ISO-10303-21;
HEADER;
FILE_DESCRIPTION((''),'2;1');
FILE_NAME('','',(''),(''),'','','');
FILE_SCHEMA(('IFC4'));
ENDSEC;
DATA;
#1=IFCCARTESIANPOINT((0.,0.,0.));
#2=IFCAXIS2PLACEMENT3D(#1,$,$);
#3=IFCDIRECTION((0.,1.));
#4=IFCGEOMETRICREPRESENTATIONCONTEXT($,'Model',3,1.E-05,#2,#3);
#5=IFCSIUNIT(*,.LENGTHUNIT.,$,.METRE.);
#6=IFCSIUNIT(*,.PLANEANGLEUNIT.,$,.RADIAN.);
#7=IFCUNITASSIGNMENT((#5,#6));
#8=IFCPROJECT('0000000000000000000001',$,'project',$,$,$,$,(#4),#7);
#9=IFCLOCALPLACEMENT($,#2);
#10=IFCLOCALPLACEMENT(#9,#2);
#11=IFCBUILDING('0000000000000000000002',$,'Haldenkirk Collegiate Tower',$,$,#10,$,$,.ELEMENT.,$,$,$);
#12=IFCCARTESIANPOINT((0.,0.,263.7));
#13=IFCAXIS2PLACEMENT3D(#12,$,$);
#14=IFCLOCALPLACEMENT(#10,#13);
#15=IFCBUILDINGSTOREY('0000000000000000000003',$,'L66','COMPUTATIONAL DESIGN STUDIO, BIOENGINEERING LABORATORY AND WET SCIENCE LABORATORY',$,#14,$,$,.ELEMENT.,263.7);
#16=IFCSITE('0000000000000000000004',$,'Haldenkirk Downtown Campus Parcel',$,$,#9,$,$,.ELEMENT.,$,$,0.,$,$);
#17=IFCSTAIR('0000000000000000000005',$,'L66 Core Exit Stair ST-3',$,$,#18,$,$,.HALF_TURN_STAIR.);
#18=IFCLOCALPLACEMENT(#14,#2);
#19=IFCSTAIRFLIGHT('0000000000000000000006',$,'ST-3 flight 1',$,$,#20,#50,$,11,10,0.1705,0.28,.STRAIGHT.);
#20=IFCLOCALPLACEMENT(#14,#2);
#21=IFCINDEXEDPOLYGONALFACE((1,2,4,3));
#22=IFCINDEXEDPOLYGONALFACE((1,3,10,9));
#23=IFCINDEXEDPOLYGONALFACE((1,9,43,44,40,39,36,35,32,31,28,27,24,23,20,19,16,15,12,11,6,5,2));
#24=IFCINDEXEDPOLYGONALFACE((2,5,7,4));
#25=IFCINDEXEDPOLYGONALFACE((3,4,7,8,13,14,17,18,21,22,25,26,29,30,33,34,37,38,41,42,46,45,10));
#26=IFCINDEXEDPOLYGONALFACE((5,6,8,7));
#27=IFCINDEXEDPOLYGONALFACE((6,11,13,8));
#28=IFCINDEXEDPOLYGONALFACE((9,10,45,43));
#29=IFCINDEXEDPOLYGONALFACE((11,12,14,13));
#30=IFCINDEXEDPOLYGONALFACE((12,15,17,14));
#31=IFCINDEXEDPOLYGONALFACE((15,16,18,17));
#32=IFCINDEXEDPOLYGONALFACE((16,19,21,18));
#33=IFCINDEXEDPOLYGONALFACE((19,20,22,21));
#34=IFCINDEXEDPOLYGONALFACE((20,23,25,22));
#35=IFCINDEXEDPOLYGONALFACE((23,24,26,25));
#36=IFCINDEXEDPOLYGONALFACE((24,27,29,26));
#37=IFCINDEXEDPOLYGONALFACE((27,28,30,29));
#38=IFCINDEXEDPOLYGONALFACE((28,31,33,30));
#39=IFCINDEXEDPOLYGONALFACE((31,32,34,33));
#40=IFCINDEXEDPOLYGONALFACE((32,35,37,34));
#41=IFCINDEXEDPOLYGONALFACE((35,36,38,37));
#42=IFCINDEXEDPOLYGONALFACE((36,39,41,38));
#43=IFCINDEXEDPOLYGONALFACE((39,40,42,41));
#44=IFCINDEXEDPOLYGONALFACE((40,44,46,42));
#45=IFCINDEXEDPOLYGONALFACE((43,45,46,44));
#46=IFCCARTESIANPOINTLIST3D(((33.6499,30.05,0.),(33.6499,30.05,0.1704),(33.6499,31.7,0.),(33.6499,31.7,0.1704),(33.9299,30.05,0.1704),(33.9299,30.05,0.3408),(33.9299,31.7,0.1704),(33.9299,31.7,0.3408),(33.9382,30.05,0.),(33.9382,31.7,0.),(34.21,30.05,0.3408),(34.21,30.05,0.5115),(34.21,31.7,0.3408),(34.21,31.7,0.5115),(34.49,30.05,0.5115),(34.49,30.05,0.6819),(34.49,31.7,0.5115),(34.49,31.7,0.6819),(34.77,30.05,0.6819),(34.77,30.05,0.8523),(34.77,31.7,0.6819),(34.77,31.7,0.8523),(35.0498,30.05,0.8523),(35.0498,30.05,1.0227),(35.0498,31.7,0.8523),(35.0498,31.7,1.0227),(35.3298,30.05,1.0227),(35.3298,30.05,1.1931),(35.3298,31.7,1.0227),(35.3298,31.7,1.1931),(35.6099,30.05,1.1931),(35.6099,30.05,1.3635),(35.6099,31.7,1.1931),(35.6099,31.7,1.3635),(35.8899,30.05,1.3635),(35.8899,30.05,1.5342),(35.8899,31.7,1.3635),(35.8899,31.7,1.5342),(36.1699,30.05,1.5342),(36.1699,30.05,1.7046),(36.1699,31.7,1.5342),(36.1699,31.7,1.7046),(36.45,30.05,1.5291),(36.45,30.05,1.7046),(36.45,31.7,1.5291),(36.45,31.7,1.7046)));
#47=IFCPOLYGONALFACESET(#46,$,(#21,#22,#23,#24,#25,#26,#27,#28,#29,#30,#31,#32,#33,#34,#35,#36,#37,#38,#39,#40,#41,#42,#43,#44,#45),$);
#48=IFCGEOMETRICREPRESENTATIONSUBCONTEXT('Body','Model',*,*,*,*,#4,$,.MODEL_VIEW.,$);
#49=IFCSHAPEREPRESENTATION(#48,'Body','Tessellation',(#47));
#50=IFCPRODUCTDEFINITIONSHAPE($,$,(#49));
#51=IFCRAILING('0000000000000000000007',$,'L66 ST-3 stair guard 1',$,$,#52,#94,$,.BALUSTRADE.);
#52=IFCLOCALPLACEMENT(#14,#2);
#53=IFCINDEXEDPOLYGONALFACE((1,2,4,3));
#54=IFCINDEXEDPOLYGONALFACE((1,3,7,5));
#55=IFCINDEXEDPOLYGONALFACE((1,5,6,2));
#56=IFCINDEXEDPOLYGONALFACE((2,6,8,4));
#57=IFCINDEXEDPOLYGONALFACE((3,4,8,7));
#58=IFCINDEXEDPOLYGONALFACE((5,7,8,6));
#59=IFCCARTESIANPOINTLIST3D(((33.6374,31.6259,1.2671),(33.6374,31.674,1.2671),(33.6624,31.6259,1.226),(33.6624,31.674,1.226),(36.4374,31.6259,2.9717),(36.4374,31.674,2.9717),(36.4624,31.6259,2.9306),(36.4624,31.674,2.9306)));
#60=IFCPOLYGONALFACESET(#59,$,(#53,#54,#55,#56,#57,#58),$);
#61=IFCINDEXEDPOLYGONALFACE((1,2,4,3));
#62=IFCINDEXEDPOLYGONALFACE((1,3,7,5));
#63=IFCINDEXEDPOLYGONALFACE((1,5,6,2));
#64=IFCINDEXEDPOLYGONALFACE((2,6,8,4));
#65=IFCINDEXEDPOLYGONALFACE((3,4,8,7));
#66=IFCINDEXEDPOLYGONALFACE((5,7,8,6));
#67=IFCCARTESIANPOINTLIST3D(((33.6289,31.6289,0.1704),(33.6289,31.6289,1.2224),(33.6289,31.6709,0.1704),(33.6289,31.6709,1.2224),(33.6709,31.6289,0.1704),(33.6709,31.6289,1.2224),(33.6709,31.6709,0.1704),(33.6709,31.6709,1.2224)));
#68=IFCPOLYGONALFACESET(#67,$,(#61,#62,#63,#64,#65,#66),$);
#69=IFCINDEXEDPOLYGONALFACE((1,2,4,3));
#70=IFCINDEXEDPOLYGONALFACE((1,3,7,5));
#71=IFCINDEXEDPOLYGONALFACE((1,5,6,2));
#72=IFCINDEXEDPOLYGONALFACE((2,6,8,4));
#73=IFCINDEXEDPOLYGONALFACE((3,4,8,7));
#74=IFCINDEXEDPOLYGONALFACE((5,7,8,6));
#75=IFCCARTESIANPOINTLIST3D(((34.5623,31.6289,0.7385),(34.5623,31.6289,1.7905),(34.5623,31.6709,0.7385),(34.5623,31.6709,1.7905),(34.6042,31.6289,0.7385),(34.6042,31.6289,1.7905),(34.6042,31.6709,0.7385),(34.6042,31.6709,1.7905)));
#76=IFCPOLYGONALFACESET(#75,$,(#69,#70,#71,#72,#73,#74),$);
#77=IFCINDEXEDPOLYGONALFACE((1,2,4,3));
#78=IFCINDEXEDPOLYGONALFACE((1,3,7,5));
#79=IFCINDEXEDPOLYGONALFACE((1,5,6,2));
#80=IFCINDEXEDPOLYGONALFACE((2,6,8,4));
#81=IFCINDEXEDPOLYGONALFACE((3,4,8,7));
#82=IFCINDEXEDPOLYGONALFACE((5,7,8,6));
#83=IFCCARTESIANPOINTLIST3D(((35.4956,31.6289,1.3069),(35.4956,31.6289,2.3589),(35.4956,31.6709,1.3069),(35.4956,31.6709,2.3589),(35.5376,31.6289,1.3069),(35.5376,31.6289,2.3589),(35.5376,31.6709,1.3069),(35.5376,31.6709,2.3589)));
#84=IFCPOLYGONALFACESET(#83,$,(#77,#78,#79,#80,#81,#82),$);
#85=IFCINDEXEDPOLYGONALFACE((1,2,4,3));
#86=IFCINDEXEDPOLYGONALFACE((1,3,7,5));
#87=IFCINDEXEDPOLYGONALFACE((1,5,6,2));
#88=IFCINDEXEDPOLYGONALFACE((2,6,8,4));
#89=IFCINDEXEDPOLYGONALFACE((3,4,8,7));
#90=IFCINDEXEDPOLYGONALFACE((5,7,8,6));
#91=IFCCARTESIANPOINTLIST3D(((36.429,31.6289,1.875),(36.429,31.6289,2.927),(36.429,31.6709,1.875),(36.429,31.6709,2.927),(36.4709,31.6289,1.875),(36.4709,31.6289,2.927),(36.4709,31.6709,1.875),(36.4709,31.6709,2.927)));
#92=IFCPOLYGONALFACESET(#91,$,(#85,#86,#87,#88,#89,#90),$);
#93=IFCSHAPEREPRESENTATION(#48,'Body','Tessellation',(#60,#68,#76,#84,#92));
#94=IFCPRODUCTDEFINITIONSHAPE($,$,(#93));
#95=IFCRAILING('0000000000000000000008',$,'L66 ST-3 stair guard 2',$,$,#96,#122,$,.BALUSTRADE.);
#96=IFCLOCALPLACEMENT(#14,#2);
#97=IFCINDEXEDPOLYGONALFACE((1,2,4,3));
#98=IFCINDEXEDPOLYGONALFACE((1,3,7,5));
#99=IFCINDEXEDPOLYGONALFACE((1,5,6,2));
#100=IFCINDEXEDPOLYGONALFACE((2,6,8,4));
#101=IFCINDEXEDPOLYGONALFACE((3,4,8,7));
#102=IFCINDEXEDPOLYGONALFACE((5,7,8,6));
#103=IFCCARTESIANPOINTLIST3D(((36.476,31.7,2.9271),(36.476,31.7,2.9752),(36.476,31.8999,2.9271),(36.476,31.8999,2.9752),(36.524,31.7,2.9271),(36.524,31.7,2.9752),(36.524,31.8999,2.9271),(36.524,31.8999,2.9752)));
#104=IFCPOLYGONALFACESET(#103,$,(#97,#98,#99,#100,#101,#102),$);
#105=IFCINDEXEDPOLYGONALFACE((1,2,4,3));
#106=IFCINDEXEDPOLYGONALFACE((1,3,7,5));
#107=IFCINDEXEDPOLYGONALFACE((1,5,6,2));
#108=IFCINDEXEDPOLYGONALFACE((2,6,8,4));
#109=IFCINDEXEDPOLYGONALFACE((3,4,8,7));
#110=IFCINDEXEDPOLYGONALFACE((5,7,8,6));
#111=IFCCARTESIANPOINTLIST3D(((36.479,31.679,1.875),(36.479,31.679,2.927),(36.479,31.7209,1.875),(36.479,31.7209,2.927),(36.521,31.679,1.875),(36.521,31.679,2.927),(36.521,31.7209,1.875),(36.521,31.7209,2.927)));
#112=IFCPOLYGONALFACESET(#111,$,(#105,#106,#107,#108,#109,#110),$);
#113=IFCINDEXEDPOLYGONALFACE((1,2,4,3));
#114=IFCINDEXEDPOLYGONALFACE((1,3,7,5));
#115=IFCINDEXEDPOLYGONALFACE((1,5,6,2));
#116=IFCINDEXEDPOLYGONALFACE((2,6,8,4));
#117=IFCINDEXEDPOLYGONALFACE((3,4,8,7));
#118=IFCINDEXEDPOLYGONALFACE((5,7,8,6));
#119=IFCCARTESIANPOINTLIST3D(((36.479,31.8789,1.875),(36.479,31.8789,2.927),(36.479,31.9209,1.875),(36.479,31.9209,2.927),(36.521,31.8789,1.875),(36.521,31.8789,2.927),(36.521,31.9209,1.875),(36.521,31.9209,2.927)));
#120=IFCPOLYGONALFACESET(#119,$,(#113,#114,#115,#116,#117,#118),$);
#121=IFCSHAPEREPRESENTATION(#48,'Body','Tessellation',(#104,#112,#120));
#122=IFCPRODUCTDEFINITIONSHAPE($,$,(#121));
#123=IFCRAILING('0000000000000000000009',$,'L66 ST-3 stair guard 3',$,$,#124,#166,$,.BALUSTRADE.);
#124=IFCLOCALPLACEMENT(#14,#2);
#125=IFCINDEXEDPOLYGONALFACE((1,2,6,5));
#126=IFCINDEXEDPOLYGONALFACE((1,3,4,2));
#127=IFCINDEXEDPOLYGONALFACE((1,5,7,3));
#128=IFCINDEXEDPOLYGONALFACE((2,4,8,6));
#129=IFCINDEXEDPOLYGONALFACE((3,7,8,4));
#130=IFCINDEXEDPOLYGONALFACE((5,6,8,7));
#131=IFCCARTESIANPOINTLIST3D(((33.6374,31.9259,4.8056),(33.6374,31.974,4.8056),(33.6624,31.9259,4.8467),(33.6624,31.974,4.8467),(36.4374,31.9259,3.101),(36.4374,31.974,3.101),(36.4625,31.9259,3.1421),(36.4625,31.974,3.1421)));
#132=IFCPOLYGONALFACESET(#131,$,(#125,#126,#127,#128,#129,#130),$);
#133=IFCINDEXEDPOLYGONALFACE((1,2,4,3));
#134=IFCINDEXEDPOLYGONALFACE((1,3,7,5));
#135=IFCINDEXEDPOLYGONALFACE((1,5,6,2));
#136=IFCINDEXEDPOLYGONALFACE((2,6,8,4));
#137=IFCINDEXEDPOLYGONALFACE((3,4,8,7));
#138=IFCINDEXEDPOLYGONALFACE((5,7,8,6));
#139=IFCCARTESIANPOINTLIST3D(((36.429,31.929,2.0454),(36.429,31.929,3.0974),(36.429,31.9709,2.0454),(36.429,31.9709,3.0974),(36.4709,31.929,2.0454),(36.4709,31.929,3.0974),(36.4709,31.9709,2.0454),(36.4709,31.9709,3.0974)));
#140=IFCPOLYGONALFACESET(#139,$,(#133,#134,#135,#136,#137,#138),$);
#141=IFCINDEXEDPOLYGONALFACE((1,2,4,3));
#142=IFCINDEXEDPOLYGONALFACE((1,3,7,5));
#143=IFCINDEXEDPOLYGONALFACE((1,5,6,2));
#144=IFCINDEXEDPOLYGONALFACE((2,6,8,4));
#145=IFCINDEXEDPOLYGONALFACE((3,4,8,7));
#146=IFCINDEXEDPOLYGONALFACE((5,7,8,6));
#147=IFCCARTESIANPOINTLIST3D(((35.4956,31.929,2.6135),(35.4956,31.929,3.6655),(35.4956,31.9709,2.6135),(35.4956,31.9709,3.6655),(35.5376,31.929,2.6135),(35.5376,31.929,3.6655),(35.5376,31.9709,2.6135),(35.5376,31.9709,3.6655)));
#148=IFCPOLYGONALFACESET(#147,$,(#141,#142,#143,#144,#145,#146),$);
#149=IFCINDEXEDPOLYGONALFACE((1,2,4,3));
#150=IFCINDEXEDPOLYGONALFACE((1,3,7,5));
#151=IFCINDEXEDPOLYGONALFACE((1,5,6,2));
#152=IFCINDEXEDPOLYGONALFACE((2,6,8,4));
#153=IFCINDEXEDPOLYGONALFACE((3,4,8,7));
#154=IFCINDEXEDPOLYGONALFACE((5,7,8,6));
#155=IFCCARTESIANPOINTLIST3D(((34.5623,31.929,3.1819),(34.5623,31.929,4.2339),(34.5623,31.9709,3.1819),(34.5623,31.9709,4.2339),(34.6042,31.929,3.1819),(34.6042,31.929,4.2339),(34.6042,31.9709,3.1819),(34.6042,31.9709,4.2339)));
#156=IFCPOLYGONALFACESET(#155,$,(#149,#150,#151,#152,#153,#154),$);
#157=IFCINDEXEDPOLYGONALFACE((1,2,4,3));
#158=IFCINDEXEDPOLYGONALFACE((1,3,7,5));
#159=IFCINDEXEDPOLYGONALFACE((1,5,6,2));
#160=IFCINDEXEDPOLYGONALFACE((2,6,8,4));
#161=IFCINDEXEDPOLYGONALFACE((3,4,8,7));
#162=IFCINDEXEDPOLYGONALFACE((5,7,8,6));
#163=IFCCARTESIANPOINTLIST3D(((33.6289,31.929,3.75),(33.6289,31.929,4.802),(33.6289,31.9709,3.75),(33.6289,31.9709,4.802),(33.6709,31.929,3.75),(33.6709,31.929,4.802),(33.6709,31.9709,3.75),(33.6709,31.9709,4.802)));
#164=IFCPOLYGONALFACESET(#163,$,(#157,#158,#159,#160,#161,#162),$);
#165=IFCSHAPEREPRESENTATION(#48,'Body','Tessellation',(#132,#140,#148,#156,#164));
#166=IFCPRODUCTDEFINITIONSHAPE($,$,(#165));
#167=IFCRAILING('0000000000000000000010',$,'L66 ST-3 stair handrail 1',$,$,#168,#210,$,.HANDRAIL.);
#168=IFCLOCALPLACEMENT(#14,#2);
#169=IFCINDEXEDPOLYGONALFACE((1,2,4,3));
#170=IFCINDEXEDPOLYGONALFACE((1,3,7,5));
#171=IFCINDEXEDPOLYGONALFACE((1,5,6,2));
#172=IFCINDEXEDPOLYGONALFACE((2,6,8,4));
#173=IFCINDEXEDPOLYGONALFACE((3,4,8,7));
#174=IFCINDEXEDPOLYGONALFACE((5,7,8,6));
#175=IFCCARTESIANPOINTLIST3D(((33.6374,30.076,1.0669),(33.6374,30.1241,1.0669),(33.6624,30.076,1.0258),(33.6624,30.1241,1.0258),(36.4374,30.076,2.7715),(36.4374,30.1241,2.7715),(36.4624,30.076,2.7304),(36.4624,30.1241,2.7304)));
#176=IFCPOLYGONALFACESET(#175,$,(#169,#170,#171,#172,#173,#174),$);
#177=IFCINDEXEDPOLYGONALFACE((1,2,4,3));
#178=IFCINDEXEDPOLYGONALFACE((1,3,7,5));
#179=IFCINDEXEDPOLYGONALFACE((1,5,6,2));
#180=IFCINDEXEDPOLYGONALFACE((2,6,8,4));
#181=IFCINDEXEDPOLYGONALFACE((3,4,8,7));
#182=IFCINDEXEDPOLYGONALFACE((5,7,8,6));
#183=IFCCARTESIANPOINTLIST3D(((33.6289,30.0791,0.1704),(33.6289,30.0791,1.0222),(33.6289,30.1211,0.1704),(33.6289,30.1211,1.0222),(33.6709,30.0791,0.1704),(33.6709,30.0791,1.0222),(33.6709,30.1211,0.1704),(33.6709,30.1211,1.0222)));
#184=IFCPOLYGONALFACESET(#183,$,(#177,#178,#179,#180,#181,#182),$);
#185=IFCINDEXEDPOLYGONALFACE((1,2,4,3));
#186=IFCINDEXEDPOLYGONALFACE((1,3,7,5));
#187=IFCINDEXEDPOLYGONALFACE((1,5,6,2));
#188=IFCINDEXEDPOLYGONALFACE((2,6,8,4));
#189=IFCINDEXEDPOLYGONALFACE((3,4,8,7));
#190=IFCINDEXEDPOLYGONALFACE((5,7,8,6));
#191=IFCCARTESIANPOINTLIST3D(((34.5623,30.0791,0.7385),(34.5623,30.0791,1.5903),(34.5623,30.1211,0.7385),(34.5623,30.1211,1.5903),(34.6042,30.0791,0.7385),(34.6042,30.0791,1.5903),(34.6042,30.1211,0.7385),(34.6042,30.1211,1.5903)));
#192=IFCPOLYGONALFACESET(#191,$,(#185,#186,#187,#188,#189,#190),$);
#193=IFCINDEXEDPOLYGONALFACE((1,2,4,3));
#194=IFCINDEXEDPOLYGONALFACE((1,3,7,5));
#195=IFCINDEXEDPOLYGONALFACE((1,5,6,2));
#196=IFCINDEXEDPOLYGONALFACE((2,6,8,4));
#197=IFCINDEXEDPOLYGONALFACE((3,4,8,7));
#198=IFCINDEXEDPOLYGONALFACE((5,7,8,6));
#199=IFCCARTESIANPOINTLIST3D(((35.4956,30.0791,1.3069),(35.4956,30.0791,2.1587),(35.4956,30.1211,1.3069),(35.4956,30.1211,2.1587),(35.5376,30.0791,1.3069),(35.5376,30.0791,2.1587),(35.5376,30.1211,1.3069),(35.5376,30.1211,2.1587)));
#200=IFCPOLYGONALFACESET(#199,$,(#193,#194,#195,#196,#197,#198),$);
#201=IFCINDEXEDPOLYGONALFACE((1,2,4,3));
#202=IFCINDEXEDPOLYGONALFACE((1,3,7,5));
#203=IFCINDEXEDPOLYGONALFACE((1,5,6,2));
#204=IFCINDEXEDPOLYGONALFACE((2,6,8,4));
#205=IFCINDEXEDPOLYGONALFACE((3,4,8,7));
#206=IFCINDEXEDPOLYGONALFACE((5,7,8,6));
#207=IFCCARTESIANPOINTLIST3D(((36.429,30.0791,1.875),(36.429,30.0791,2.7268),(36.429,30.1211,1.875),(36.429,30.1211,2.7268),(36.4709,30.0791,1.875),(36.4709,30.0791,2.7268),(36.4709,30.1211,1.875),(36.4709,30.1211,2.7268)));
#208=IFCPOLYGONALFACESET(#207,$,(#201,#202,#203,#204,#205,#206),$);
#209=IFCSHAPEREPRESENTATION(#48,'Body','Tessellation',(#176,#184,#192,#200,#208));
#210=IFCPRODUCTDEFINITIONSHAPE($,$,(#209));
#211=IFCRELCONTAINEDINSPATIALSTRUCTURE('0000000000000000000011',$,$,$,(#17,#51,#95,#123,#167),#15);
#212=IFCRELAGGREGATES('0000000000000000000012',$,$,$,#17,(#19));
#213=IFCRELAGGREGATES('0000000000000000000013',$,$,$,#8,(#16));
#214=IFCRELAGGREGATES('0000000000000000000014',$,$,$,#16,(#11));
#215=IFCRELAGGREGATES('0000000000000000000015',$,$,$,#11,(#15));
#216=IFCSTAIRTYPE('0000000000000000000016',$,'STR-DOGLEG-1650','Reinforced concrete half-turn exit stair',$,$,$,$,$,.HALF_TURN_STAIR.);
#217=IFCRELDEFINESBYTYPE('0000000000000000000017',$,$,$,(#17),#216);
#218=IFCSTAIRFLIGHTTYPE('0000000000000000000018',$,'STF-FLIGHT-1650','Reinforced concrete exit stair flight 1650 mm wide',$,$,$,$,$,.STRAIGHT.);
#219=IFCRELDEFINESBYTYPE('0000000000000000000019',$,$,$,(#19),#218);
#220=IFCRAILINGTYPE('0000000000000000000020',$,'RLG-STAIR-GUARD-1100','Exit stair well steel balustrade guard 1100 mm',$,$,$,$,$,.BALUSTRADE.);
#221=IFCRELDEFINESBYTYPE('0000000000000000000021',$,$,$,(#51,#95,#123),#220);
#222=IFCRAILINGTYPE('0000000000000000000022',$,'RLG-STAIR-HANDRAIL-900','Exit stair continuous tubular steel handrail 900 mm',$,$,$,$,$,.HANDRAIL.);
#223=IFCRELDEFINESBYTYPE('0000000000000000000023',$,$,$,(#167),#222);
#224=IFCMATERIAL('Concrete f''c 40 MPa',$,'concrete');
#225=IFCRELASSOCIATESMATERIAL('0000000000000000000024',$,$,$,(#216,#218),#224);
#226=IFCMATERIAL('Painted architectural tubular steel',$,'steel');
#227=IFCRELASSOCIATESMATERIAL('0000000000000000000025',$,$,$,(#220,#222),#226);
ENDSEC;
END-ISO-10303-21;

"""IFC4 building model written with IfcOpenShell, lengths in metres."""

from ifc_helpers import new_model, si_unit, direction, frame, origin, origin_2d, place, context, subcontext, project, spatial, polyline, rectangle, outline, extrude, material, type_object, element, aggregate, save


model = new_model("IFC4")

# Units and contexts
model_context = context("Model", 3, precision=1e-05, world=origin(), true_north=direction((0.0, 1.0)))
body_context = subcontext(model_context, "Body", "Model", "MODEL_VIEW")
ifc_project = project(units=[si_unit("LENGTHUNIT", "METRE"), si_unit("PLANEANGLEUNIT", "RADIAN")], contexts=[model_context])

# Site, building, storey
site_placement = place(None, origin())
site = spatial("IfcSite", under=ifc_project, at=site_placement, Name="Haldenkirk Downtown Campus Parcel", CompositionType="ELEMENT", RefElevation=0.0)
building_placement = place(site_placement, origin())
building = spatial("IfcBuilding", under=site, at=building_placement, Name="Haldenkirk Collegiate Tower", CompositionType="ELEMENT")
storey_placement = place(building_placement, frame((0.0, 0.0, 263.7)))
storey = spatial("IfcBuildingStorey", under=building, at=storey_placement, Name="L66", Description="COMPUTATIONAL DESIGN STUDIO, BIOENGINEERING LABORATORY AND WET SCIENCE LABORATORY", CompositionType="ELEMENT", Elevation=263.7)

# Stair, stair flight
ifc_material_1 = material(Name="Concrete f'c 40 MPa", Category="concrete")
stair_type = type_object("IfcStairType", Name="STR-DOGLEG-1650", Description="Reinforced concrete half-turn exit stair", PredefinedType="HALF_TURN_STAIR", material=ifc_material_1)
stair_placement = place(storey_placement, origin())
stair = element("IfcStair", 1, at=stair_placement, inside=storey, type_object=stair_type, Name="L66 Core Exit Stair ST-3", PredefinedType="HALF_TURN_STAIR")
stair_flight_type = type_object("IfcStairFlightType", Name="STF-FLIGHT-1650", Description="Reinforced concrete exit stair flight 1650 mm wide", PredefinedType="STRAIGHT", material=ifc_material_1)
stair_flight_placement = place(storey_placement, frame((33.6499, 30.875, 0.0), z_axis=(0.0, 0.0, 1.0), x_axis=(1.0, 0.0, 0.0)))
stair_flight = element("IfcStairFlight", 2, at=stair_flight_placement, type_object=stair_flight_type, Name="ST-3 flight 1", NumberOfRisers=11, NumberOfTreads=10, PredefinedType="STRAIGHT", RiserHeight=0.1705, TreadLength=0.28, context=body_context, shape_type="SweptSolid", body=[
    extrude(outline(polyline([(0.0, 0.0), (0.0, 0.1704), (0.28, 0.1704), (0.28, 0.3408), (0.5601, 0.3408), (0.5601, 0.5115), (0.8401, 0.5115), (0.8401, 0.6819), (1.1201, 0.6819), (1.1201, 0.8523), (1.3999, 0.8523), (1.3999, 1.0227), (1.6799, 1.0227), (1.6799, 1.1931), (1.96, 1.1931), (1.96, 1.3635), (2.24, 1.3635), (2.24, 1.5342), (2.52, 1.5342), (2.52, 1.7046), (2.8, 1.7046), (2.8, 1.875), (2.8, 1.5291), (0.2883, 0.0), (0.0, 0.0)])), frame((0.0, 0.825, 0.0), z_axis=(0.0, -1.0, 0.0), x_axis=(1.0, 0.0, 0.0)), (0.0, 0.0, 1.0), 1.6499),
])
aggregate(stair, [stair_flight])

# Railings
ifc_material_2 = material(Name="Painted architectural tubular steel", Category="steel")
railing_type_1 = type_object("IfcRailingType", Name="RLG-STAIR-GUARD-1100", Description="Exit stair well steel balustrade guard 1100 mm", PredefinedType="BALUSTRADE", material=ifc_material_2)
railing_1_placement = place(storey_placement, frame((33.6499, 31.6499, 0.1704)))
element("IfcRailing", 3, at=railing_1_placement, inside=storey, type_object=railing_type_1, Name="L66 ST-3 stair guard 1", PredefinedType="BALUSTRADE", context=body_context, shape_type="SweptSolid", body=[
    extrude(rectangle(XDim=0.0481, YDim=0.0481, at=origin_2d()), frame((0.0, 0.0, 1.0762), z_axis=(0.85417, 0.0, 0.519994), x_axis=(0.0, 1.0, 0.0)), (0.0, 0.0, 1.0), 3.2781),
    extrude(rectangle(XDim=0.042, YDim=0.042, at=origin_2d()), origin(), (0.0, 0.0, 1.0), 1.052),
    extrude(rectangle(XDim=0.042, YDim=0.042, at=origin_2d()), frame((0.9333, 0.0, 0.5681)), (0.0, 0.0, 1.0), 1.052),
    extrude(rectangle(XDim=0.042, YDim=0.042, at=origin_2d()), frame((1.8667, 0.0, 1.1365)), (0.0, 0.0, 1.0), 1.052),
    extrude(rectangle(XDim=0.042, YDim=0.042, at=origin_2d()), frame((2.8, 0.0, 1.7046)), (0.0, 0.0, 1.0), 1.052),
])
railing_2_placement = place(storey_placement, frame((36.5, 31.7, 1.875)))
element("IfcRailing", 4, at=railing_2_placement, inside=storey, type_object=railing_type_1, Name="L66 ST-3 stair guard 2", PredefinedType="BALUSTRADE", context=body_context, shape_type="SweptSolid", body=[
    extrude(rectangle(XDim=0.0481, YDim=0.0481, at=origin_2d()), frame((0.0, 0.0, 1.0762), z_axis=(0.0, 1.0, 0.0), x_axis=(-1.0, 0.0, 0.0)), (0.0, 0.0, 1.0), 0.2),
    extrude(rectangle(XDim=0.042, YDim=0.042, at=origin_2d()), origin(), (0.0, 0.0, 1.0), 1.052),
    extrude(rectangle(XDim=0.042, YDim=0.042, at=origin_2d()), frame((0.0, 0.2, 0.0)), (0.0, 0.0, 1.0), 1.052),
])
railing_3_placement = place(storey_placement, frame((36.45, 31.95, 2.0454)))
element("IfcRailing", 5, at=railing_3_placement, inside=storey, type_object=railing_type_1, Name="L66 ST-3 stair guard 3", PredefinedType="BALUSTRADE", context=body_context, shape_type="SweptSolid", body=[
    extrude(rectangle(XDim=0.0481, YDim=0.0481, at=origin_2d()), frame((0.0, 0.0, 1.0762), z_axis=(-0.85417, 0.0, 0.519994), x_axis=(0.0, -1.0, 0.0)), (0.0, 0.0, 1.0), 3.2781),
    extrude(rectangle(XDim=0.042, YDim=0.042, at=origin_2d()), origin(), (0.0, 0.0, 1.0), 1.052),
    extrude(rectangle(XDim=0.042, YDim=0.042, at=origin_2d()), frame((-0.9333, 0.0, 0.5681)), (0.0, 0.0, 1.0), 1.052),
    extrude(rectangle(XDim=0.042, YDim=0.042, at=origin_2d()), frame((-1.8667, 0.0, 1.1365)), (0.0, 0.0, 1.0), 1.052),
    extrude(rectangle(XDim=0.042, YDim=0.042, at=origin_2d()), frame((-2.8, 0.0, 1.7046)), (0.0, 0.0, 1.0), 1.052),
])
railing_type_2 = type_object("IfcRailingType", Name="RLG-STAIR-HANDRAIL-900", Description="Exit stair continuous tubular steel handrail 900 mm", PredefinedType="HANDRAIL", material=ifc_material_2)
railing_4_placement = place(storey_placement, frame((33.6499, 30.1001, 0.1704)))
element("IfcRailing", 6, at=railing_4_placement, inside=storey, type_object=railing_type_2, Name="L66 ST-3 stair handrail 1", PredefinedType="HANDRAIL", context=body_context, shape_type="SweptSolid", body=[
    extrude(rectangle(XDim=0.0481, YDim=0.0481, at=origin_2d()), frame((0.0, 0.0, 0.876), z_axis=(0.85417, 0.0, 0.519994), x_axis=(0.0, 1.0, 0.0)), (0.0, 0.0, 1.0), 3.2781),
    extrude(rectangle(XDim=0.042, YDim=0.042, at=origin_2d()), origin(), (0.0, 0.0, 1.0), 0.8518),
    extrude(rectangle(XDim=0.042, YDim=0.042, at=origin_2d()), frame((0.9333, 0.0, 0.5681)), (0.0, 0.0, 1.0), 0.8518),
    extrude(rectangle(XDim=0.042, YDim=0.042, at=origin_2d()), frame((1.8667, 0.0, 1.1365)), (0.0, 0.0, 1.0), 0.8518),
    extrude(rectangle(XDim=0.042, YDim=0.042, at=origin_2d()), frame((2.8, 0.0, 1.7046)), (0.0, 0.0, 1.0), 0.8518),
])

save(model, "model.ifc")
